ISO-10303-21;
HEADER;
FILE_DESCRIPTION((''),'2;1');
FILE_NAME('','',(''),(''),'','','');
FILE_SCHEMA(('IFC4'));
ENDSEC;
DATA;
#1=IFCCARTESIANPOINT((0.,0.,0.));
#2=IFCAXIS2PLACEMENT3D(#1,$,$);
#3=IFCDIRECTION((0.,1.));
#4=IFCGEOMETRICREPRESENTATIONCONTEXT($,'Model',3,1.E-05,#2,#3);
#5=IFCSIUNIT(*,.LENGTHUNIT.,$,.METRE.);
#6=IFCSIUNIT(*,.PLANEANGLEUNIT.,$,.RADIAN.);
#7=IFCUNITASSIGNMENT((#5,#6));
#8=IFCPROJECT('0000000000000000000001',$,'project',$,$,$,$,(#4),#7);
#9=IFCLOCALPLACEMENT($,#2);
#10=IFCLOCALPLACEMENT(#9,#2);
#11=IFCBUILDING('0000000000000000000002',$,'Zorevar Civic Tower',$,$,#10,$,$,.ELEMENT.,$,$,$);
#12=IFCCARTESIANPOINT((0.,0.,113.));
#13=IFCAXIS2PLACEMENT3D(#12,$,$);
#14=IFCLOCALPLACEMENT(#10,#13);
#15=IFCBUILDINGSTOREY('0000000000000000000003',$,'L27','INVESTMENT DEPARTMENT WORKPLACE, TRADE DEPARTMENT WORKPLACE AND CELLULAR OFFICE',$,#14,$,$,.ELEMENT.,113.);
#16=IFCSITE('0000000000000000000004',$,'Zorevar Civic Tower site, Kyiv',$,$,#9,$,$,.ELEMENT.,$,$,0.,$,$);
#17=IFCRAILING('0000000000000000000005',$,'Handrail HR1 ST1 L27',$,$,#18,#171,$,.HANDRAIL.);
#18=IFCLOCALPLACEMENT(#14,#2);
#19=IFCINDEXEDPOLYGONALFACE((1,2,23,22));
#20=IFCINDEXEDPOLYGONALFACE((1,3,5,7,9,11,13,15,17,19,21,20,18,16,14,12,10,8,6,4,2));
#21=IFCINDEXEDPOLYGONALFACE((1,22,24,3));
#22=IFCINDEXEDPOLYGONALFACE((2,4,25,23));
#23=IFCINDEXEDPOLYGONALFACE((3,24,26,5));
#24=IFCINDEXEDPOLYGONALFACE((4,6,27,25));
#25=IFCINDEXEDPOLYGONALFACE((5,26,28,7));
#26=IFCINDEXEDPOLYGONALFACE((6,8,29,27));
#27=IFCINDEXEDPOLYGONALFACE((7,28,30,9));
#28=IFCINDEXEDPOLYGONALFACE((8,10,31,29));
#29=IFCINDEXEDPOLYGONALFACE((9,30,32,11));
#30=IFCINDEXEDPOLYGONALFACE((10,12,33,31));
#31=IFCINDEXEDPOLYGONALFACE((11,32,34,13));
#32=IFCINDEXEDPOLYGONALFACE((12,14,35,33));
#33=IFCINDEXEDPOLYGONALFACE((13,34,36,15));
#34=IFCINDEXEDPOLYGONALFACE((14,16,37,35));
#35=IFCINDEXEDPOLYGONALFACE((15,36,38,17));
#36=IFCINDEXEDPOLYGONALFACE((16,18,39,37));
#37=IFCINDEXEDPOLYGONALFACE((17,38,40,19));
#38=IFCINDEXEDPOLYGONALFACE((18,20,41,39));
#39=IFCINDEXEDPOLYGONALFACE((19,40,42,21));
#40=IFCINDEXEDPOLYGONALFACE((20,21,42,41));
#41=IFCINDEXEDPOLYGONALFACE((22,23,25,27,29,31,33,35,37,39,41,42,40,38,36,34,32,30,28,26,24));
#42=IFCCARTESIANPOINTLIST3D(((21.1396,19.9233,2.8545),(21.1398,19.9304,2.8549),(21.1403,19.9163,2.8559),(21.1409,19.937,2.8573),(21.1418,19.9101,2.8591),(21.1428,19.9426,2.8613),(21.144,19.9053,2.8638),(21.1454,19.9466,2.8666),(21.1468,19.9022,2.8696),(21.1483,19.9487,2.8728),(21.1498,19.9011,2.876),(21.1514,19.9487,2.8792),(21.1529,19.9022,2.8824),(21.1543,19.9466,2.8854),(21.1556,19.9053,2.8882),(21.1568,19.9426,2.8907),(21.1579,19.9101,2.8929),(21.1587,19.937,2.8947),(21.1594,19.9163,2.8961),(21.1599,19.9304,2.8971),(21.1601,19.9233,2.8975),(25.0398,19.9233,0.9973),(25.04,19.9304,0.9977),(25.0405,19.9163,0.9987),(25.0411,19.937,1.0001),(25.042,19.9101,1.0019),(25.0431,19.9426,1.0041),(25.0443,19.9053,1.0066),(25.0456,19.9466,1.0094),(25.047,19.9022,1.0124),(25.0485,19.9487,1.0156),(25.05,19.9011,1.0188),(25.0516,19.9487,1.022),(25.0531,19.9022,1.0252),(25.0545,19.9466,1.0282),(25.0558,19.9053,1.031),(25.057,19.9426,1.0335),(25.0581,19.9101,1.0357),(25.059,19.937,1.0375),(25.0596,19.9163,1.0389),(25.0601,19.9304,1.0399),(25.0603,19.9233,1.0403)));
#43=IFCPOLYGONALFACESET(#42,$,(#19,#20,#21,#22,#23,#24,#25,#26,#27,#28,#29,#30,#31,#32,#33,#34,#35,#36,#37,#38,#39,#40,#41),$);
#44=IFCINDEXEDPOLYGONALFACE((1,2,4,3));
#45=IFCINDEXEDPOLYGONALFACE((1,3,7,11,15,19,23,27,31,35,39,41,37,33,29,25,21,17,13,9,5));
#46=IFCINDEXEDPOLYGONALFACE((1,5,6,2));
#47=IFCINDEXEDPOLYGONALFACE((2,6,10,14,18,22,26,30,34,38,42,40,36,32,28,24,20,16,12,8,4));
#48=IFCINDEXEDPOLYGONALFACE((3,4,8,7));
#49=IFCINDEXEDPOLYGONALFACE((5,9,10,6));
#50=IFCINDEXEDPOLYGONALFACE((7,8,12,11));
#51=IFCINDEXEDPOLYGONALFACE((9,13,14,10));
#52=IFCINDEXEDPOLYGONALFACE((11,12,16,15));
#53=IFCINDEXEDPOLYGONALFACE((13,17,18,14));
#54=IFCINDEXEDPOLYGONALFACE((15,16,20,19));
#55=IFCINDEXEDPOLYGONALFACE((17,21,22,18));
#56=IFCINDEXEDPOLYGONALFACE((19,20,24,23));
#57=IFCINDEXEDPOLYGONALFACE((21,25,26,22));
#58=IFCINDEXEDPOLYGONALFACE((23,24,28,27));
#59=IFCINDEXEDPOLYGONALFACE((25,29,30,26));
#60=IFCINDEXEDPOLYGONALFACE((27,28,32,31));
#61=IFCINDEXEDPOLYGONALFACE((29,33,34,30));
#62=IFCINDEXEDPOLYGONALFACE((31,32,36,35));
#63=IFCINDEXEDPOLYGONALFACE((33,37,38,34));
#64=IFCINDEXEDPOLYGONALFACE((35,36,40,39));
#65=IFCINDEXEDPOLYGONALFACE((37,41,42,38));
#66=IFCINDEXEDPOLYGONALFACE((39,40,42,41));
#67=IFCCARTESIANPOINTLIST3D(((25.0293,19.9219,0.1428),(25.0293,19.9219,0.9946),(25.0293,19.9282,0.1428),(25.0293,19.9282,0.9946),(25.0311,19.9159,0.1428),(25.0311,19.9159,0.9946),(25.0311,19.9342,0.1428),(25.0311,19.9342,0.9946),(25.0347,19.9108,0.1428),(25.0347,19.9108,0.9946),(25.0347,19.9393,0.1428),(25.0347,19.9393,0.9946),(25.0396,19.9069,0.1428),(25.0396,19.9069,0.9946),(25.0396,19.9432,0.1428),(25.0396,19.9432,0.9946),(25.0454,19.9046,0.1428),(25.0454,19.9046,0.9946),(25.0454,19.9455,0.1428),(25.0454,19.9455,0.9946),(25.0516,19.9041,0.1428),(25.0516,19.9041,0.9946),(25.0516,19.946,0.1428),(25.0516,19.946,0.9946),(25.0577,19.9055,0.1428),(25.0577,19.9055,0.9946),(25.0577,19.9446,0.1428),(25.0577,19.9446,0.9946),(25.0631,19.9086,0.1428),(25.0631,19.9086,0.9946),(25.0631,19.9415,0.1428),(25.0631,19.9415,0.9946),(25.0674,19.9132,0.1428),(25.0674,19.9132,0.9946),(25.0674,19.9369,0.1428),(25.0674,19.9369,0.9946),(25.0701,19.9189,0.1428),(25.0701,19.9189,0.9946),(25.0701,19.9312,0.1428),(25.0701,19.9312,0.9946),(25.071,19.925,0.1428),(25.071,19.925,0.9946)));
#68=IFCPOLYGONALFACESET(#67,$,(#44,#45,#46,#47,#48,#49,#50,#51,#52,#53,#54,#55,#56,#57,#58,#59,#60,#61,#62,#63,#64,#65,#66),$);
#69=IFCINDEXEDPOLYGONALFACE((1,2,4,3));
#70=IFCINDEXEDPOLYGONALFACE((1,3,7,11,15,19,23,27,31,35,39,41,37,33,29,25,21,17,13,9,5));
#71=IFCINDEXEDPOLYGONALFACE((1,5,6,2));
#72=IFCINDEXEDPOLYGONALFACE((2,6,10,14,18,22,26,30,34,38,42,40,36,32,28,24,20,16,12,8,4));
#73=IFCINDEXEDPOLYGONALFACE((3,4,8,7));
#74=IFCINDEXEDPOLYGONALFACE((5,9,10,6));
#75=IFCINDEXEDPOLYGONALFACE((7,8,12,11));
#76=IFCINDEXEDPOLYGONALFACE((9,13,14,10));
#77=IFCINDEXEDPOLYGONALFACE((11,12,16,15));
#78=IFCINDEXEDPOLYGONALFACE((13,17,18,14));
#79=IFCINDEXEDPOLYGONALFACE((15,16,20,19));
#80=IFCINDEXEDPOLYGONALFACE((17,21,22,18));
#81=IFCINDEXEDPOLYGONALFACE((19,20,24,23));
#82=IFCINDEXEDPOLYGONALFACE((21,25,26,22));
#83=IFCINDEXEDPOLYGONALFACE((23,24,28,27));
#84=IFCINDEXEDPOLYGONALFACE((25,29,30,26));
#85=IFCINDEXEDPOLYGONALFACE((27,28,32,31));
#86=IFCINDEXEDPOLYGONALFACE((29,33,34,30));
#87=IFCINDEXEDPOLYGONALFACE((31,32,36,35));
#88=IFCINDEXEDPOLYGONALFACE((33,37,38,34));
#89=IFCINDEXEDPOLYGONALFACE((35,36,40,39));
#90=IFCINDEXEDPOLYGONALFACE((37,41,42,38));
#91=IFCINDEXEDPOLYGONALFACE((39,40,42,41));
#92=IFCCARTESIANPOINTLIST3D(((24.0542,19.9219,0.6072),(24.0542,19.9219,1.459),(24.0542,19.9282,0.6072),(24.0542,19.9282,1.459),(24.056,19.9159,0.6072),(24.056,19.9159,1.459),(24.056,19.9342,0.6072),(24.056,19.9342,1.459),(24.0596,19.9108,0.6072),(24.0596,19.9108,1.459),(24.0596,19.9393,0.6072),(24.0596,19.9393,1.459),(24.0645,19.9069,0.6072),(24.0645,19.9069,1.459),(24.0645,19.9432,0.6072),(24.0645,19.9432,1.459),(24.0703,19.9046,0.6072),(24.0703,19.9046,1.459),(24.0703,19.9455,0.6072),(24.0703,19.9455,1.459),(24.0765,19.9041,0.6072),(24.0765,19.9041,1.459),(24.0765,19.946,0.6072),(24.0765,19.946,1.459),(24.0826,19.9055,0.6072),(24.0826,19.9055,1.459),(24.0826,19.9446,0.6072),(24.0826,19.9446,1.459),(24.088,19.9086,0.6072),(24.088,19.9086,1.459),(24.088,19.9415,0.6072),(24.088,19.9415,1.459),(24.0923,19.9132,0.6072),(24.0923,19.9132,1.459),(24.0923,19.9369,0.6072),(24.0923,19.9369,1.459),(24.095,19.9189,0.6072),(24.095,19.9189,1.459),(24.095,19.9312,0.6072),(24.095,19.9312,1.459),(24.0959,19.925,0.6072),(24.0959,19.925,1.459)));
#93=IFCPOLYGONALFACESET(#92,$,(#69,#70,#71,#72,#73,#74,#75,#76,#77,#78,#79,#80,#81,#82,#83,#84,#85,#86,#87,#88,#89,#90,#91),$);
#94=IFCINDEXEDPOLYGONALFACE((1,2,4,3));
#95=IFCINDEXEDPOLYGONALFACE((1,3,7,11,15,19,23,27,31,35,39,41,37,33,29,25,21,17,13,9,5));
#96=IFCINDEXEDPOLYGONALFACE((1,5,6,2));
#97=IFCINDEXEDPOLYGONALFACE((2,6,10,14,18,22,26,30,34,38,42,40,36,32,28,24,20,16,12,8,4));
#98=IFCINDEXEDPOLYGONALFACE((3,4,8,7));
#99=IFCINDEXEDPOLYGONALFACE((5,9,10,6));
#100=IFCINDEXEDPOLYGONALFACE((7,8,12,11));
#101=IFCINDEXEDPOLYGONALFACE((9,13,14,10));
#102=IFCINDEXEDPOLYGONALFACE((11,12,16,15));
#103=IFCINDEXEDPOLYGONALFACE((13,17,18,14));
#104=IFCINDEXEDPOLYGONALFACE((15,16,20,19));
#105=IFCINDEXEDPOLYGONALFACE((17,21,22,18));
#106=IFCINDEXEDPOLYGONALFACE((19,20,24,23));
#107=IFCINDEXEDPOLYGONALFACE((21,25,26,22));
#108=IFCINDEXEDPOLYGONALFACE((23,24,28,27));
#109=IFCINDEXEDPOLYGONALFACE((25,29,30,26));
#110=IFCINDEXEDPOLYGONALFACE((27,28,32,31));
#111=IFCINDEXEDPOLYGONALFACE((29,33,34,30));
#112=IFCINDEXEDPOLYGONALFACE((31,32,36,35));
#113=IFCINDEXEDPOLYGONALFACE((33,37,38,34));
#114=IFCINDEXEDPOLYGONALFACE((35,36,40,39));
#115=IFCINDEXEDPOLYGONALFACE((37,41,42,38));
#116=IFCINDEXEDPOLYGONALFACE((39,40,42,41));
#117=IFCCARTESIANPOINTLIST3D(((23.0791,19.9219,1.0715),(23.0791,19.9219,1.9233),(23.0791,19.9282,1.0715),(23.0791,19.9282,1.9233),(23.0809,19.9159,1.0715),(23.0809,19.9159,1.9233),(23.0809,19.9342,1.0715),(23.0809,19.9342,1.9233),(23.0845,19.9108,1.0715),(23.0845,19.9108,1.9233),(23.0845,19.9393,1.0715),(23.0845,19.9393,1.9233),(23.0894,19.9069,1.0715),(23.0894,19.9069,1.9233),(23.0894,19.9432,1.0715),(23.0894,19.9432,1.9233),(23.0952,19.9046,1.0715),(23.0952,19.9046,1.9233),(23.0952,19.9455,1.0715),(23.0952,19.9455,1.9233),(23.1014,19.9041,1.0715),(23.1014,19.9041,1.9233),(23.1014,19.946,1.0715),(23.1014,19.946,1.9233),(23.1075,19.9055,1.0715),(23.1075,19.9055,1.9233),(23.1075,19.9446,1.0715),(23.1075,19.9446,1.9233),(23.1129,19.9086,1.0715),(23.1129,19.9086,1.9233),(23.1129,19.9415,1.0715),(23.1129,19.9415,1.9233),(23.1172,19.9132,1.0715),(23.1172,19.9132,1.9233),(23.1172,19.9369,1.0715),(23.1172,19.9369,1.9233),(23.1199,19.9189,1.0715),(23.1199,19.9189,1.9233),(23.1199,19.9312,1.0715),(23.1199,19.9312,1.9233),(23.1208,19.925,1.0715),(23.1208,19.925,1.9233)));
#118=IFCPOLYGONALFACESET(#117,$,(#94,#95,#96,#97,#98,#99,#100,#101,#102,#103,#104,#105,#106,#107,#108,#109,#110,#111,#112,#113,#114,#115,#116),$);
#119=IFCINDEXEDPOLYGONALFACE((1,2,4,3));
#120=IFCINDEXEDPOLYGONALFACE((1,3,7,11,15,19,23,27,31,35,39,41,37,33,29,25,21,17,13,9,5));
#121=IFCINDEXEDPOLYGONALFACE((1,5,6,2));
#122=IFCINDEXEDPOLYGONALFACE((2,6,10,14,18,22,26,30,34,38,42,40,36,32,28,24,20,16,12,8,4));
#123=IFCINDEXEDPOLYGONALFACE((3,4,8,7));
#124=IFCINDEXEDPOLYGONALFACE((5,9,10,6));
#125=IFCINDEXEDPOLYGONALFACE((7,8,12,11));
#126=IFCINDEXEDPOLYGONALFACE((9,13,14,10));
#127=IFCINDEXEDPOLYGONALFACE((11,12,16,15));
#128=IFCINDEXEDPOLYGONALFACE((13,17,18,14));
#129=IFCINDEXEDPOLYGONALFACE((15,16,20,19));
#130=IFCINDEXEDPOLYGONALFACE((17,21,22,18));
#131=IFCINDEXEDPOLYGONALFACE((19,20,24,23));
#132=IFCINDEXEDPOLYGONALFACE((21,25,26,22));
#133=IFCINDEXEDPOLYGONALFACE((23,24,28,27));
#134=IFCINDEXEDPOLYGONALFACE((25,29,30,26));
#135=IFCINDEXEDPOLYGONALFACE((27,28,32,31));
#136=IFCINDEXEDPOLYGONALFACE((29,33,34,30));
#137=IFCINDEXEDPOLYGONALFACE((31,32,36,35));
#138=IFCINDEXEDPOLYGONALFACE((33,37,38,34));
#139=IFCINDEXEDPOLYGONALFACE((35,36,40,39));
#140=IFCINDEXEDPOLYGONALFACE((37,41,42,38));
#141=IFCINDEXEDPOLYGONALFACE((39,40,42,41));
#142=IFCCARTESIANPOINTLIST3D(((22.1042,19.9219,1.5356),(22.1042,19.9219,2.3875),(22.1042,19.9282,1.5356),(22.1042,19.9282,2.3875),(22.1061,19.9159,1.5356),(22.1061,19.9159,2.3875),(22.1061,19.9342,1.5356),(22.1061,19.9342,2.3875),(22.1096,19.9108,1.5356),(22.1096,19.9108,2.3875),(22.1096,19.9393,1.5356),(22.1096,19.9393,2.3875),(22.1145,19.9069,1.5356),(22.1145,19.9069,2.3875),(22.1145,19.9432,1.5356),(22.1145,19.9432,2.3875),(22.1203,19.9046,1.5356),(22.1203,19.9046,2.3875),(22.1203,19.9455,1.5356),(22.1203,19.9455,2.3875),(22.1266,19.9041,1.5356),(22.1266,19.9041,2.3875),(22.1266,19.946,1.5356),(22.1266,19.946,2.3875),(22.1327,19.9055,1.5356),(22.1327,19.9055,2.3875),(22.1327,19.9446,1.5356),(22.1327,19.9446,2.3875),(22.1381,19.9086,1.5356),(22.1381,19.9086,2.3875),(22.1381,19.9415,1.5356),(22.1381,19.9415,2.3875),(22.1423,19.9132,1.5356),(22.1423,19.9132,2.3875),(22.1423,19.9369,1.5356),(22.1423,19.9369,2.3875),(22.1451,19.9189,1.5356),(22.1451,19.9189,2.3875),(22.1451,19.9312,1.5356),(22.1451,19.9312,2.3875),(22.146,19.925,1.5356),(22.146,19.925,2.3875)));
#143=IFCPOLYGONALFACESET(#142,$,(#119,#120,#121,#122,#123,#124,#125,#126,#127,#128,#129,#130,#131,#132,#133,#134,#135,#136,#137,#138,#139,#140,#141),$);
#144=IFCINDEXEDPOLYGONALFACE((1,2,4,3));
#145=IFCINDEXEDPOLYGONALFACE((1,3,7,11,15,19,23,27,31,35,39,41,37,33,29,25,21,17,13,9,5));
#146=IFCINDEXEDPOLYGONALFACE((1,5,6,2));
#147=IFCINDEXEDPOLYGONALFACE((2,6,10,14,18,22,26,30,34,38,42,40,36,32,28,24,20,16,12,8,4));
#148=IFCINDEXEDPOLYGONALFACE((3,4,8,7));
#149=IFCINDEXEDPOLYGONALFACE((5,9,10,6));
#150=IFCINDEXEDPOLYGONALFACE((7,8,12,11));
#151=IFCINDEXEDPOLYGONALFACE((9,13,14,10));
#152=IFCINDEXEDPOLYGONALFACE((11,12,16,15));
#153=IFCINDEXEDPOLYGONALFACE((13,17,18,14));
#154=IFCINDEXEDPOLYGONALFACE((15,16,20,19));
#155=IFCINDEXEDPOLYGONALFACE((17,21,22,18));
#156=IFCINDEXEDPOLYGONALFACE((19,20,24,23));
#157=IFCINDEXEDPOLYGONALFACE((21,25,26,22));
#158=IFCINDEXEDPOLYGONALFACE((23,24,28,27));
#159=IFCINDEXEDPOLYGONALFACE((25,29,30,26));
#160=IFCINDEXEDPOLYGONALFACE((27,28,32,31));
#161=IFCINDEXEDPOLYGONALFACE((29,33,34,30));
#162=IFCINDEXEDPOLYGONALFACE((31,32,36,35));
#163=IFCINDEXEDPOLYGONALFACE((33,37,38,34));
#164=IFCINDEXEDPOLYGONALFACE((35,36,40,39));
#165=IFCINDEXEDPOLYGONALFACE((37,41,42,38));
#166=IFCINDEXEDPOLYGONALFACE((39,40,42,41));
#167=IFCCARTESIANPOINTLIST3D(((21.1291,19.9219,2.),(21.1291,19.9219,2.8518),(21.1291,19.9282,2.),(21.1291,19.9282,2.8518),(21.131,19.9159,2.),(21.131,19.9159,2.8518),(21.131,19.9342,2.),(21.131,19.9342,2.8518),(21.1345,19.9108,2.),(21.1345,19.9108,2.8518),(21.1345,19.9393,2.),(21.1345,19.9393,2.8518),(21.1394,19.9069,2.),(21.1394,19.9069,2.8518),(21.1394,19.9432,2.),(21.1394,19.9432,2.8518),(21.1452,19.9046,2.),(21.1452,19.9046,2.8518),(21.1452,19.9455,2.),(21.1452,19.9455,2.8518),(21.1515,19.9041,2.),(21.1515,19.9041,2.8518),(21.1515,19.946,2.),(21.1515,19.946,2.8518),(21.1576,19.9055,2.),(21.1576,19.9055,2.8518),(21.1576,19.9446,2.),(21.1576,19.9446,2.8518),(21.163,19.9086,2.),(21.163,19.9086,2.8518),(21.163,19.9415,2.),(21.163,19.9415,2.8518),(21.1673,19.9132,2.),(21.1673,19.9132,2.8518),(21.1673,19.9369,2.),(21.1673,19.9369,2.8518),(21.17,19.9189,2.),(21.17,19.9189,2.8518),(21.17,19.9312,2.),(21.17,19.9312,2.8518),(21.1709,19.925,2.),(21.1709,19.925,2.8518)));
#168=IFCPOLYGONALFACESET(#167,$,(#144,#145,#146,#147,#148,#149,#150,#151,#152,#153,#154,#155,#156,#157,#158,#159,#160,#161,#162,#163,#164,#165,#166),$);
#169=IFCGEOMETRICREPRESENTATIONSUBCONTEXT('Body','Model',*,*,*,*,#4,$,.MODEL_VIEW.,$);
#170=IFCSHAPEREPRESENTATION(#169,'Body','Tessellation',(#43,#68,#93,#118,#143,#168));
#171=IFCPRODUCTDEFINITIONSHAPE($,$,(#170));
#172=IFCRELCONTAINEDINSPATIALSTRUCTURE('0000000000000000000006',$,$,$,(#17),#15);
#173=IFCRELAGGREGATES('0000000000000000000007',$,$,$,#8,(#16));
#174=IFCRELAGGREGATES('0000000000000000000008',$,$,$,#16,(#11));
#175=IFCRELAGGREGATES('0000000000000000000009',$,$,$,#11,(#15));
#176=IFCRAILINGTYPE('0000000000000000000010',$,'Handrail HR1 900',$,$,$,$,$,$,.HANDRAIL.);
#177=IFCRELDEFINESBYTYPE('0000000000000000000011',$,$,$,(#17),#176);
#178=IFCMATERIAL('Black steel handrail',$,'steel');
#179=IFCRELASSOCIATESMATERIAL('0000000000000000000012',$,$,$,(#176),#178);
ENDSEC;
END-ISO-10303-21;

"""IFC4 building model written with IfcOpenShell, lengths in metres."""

from ifc_helpers import new_model, si_unit, direction, frame, origin, origin_2d, place, context, subcontext, project, spatial, circle, extrude, material, type_object, element, save


model = new_model("IFC4")

# Units and contexts
model_context = context("Model", 3, precision=1e-05, world=origin(), true_north=direction((0.0, 1.0)))
body_context = subcontext(model_context, "Body", "Model", "MODEL_VIEW")
ifc_project = project(units=[si_unit("LENGTHUNIT", "METRE"), si_unit("PLANEANGLEUNIT", "RADIAN")], contexts=[model_context])

# Site, building, storey
site_placement = place(None, origin())
site = spatial("IfcSite", under=ifc_project, at=site_placement, Name="Zorevar Civic Tower site, Kyiv", CompositionType="ELEMENT", RefElevation=0.0)
building_placement = place(site_placement, origin())
building = spatial("IfcBuilding", under=site, at=building_placement, Name="Zorevar Civic Tower", CompositionType="ELEMENT")
storey_placement = place(building_placement, frame((0.0, 0.0, 113.0)))
storey = spatial("IfcBuildingStorey", under=building, at=storey_placement, Name="L27", Description="INVESTMENT DEPARTMENT WORKPLACE, TRADE DEPARTMENT WORKPLACE AND CELLULAR OFFICE", CompositionType="ELEMENT", Elevation=113.0)

# Railing
ifc_material_1 = material(Name="Black steel handrail", Category="steel")
railing_type = type_object("IfcRailingType", Name="Handrail HR1 900", PredefinedType="HANDRAIL", material=ifc_material_1)
railing_1_placement = place(storey_placement, frame((25.05, 19.925, 0.1428)))
element("IfcRailing", 1, at=railing_1_placement, inside=storey, type_object=railing_type, Name="Handrail HR1 ST1 L27", PredefinedType="HANDRAIL", context=body_context, shape_type="SweptSolid", body=[
    extrude(circle(Radius=0.0239, at=origin_2d()), frame((0.0, 0.0, 0.876), z_axis=(-0.902864, 0.0, 0.429927), x_axis=(0.0, -1.0, 0.0)), (0.0, 0.0, 1.0), 4.3198),
    extrude(circle(Radius=0.021, at=origin_2d()), origin(), (0.0, 0.0, 1.0), 0.8518),
    extrude(circle(Radius=0.021, at=origin_2d()), frame((-0.9751, 0.0, 0.4644)), (0.0, 0.0, 1.0), 0.8518),
    extrude(circle(Radius=0.021, at=origin_2d()), frame((-1.9502, 0.0, 0.9287)), (0.0, 0.0, 1.0), 0.8518),
    extrude(circle(Radius=0.021, at=origin_2d()), frame((-2.925, 0.0, 1.3928)), (0.0, 0.0, 1.0), 0.8518),
    extrude(circle(Radius=0.021, at=origin_2d()), frame((-3.9001, 0.0, 1.8572)), (0.0, 0.0, 1.0), 0.8518),
])

save(model, "model.ifc")
